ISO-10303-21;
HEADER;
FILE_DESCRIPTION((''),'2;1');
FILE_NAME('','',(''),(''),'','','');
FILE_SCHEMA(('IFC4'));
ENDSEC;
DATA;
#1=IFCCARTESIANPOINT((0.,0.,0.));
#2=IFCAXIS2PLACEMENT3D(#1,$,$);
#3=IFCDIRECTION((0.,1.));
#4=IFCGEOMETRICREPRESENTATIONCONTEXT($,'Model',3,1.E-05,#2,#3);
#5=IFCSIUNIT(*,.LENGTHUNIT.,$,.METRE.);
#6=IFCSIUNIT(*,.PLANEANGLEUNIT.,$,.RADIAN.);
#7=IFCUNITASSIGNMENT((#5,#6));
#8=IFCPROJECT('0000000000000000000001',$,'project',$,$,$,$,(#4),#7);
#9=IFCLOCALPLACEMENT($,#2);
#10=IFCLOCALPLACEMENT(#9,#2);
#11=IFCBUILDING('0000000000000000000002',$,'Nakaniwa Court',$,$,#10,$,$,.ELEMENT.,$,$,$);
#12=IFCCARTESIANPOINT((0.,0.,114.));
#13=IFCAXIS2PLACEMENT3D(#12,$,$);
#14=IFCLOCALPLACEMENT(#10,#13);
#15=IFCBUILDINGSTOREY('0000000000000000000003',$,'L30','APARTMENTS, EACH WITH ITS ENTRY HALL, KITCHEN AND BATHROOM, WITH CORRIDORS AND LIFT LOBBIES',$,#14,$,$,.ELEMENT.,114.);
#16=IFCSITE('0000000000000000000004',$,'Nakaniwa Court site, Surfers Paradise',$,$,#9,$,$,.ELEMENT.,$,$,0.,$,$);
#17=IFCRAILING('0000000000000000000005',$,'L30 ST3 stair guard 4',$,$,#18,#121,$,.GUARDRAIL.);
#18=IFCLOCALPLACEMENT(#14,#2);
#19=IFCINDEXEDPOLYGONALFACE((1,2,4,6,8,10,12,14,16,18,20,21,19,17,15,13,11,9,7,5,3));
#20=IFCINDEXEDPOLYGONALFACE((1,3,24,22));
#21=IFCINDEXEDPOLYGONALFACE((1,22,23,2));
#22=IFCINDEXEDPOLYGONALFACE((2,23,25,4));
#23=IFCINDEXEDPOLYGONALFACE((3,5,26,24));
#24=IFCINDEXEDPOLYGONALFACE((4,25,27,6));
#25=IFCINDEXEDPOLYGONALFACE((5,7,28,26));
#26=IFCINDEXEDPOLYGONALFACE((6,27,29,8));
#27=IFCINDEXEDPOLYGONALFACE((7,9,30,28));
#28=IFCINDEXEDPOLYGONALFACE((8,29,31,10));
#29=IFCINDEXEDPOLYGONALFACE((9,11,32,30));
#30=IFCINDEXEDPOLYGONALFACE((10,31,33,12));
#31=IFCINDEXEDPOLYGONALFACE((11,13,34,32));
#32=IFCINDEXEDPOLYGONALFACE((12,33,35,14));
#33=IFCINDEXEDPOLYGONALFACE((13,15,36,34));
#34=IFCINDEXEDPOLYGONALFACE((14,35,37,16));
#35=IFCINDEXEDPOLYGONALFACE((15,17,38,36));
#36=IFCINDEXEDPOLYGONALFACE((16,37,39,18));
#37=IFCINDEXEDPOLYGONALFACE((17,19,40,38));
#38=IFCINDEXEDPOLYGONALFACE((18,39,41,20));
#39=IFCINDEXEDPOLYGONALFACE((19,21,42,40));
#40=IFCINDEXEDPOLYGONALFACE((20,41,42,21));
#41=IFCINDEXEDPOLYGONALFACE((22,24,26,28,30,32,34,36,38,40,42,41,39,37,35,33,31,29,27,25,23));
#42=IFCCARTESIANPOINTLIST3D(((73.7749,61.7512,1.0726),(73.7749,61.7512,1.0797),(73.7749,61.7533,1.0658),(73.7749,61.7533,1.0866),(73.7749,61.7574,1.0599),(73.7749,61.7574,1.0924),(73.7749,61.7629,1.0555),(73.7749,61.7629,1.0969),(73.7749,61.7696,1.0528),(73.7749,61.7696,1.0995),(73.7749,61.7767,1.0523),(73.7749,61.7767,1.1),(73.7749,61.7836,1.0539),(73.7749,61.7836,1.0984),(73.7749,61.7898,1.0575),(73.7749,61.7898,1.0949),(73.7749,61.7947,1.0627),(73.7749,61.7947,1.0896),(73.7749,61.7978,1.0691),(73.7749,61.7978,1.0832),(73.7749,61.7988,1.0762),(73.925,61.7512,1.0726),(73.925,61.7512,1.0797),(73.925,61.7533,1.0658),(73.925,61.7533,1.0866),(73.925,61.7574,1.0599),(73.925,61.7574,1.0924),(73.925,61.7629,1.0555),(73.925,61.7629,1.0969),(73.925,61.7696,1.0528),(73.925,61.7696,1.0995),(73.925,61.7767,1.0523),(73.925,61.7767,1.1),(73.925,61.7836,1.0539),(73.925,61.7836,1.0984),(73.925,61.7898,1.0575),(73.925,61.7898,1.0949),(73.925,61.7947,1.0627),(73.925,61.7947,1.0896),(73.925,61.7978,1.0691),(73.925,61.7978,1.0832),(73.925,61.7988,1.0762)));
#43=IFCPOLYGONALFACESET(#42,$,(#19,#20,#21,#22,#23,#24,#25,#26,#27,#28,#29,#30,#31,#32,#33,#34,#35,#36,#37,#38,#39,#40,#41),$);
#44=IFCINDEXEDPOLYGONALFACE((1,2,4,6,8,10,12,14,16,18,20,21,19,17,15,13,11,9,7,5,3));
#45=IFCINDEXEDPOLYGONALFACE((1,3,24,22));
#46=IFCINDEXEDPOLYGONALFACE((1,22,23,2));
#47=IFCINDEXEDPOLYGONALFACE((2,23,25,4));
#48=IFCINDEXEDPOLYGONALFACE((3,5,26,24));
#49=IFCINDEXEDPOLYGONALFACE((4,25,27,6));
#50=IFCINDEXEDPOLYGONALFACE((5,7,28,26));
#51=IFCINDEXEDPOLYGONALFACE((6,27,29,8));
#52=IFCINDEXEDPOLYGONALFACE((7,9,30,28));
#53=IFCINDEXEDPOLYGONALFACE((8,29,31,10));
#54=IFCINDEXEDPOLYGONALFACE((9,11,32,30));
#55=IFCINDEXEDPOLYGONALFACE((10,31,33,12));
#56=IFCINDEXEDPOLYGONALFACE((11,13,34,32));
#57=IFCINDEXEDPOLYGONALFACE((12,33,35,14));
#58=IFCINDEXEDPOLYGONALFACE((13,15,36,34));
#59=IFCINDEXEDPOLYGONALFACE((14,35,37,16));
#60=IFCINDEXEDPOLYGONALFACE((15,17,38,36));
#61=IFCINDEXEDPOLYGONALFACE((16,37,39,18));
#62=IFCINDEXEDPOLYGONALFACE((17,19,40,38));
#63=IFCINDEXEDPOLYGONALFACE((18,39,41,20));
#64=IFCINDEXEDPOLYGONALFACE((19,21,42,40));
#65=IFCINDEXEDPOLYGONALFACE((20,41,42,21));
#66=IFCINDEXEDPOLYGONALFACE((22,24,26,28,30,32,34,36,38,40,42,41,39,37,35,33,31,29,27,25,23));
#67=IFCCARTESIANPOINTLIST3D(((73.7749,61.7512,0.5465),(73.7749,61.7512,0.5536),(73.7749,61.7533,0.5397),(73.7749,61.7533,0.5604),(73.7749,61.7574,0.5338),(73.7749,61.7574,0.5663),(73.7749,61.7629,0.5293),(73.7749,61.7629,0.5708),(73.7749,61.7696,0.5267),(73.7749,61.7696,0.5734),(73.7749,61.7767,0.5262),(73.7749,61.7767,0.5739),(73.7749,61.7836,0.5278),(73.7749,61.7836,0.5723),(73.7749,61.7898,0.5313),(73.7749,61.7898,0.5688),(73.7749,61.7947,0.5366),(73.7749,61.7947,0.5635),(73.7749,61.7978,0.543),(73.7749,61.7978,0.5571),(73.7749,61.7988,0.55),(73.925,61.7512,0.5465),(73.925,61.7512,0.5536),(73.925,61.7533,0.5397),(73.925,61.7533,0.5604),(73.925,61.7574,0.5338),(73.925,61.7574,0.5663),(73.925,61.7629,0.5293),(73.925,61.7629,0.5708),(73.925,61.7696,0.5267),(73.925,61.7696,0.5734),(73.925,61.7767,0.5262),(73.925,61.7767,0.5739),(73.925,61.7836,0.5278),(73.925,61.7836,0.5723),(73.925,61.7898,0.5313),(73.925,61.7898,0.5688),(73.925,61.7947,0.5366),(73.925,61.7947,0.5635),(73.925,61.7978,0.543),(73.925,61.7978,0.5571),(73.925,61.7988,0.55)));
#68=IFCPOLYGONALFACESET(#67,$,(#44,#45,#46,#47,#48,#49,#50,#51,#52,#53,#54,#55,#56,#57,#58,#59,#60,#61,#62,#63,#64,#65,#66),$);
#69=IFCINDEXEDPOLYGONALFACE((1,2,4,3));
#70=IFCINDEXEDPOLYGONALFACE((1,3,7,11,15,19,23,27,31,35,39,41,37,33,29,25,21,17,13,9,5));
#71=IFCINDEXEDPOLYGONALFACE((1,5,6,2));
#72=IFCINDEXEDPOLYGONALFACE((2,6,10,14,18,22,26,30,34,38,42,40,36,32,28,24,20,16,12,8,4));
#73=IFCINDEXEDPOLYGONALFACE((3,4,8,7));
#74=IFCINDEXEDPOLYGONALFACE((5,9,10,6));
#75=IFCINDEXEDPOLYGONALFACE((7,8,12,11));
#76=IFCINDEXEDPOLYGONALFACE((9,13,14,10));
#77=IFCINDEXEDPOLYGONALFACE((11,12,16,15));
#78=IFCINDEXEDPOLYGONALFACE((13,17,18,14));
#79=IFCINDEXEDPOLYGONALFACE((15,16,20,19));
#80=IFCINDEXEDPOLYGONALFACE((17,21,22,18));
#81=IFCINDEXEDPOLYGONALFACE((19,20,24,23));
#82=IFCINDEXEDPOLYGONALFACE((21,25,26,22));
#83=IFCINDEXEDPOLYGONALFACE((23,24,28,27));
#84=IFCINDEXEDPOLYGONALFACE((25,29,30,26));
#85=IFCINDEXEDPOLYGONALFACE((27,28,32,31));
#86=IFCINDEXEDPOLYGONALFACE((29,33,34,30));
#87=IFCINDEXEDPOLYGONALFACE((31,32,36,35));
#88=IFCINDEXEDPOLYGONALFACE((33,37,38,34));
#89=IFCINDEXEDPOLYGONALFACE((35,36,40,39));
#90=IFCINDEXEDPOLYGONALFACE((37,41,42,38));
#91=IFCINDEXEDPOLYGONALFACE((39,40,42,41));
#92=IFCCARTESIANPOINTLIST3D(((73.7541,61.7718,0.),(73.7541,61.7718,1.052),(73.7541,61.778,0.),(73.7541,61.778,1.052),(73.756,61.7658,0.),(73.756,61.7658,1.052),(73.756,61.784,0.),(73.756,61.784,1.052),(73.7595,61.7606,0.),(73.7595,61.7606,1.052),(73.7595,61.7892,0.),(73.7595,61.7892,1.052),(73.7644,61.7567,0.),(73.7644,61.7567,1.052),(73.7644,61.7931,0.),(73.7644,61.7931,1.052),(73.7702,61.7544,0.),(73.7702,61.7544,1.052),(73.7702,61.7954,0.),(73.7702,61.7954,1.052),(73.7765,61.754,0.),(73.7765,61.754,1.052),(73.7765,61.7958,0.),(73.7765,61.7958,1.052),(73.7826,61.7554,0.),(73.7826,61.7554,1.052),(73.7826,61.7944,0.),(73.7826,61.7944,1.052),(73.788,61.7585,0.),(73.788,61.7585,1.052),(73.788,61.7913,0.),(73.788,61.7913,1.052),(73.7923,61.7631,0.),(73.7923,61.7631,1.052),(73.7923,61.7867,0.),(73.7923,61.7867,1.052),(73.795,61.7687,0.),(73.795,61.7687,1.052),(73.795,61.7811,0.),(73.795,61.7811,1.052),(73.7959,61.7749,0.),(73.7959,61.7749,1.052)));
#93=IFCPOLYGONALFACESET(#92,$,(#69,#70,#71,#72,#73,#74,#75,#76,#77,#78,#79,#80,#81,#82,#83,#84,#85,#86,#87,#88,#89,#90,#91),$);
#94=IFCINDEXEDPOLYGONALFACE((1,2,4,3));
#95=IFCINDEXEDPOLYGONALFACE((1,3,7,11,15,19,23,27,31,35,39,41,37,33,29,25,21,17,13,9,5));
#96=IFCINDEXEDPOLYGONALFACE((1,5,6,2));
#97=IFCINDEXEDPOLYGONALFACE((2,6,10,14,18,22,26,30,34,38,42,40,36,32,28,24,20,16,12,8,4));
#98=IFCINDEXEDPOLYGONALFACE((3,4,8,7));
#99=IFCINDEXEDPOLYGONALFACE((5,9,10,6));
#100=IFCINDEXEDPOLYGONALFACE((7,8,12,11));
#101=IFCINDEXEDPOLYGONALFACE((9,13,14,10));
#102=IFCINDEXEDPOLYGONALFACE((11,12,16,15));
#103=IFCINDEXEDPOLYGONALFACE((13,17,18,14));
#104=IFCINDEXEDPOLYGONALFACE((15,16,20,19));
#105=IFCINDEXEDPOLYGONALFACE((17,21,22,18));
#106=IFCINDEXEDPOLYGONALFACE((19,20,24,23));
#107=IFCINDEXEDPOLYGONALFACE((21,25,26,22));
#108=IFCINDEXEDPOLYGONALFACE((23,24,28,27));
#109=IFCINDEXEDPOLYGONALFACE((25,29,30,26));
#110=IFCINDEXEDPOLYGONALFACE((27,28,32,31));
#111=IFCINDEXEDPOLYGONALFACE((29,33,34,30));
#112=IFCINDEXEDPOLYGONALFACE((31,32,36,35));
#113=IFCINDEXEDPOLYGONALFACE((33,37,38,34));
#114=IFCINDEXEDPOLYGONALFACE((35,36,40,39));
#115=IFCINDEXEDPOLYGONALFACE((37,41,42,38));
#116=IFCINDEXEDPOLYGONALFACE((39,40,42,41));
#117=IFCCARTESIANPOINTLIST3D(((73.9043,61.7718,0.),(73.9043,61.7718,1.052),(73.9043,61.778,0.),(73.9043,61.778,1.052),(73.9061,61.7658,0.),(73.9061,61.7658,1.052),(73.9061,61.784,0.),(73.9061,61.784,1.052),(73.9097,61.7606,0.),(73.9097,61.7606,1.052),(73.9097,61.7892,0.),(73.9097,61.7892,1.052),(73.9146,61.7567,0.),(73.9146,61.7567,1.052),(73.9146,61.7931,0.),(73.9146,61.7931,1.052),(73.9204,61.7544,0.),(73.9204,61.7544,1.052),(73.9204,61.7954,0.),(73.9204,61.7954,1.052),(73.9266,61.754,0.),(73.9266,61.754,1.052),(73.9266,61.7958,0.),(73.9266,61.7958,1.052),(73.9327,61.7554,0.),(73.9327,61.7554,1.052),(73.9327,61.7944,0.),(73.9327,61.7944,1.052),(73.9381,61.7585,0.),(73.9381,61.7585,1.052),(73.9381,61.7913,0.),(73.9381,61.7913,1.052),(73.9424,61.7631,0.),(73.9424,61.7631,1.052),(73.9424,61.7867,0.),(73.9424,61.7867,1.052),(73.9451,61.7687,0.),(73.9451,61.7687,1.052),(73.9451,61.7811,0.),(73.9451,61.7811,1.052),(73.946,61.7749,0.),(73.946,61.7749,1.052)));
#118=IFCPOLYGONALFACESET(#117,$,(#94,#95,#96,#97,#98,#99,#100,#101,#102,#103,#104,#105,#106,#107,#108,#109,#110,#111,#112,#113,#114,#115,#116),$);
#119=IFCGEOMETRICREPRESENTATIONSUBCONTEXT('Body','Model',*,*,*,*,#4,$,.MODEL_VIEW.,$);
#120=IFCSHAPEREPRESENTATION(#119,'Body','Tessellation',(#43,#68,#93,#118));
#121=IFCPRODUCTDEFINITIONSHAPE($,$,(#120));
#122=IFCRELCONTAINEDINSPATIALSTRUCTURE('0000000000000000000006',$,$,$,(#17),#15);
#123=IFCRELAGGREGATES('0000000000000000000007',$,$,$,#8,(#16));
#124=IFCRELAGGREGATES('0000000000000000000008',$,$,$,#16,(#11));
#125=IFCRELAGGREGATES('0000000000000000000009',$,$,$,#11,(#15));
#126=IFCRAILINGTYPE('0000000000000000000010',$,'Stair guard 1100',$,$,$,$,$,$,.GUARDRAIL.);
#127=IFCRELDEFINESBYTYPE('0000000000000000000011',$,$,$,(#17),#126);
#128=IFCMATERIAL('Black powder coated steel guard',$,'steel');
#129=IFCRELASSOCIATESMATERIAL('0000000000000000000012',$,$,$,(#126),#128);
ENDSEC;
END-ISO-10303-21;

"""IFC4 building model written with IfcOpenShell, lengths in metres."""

from ifc_helpers import new_model, si_unit, direction, frame, origin, origin_2d, place, context, subcontext, project, spatial, circle, extrude, material, type_object, element, save


model = new_model("IFC4")

# Units and contexts
model_context = context("Model", 3, precision=1e-05, world=origin(), true_north=direction((0.0, 1.0)))
body_context = subcontext(model_context, "Body", "Model", "MODEL_VIEW")
ifc_project = project(units=[si_unit("LENGTHUNIT", "METRE"), si_unit("PLANEANGLEUNIT", "RADIAN")], contexts=[model_context])

# Site, building, storey
site_placement = place(None, origin())
site = spatial("IfcSite", under=ifc_project, at=site_placement, Name="Nakaniwa Court site, Surfers Paradise", CompositionType="ELEMENT", RefElevation=0.0)
building_placement = place(site_placement, origin())
building = spatial("IfcBuilding", under=site, at=building_placement, Name="Nakaniwa Court", CompositionType="ELEMENT")
storey_placement = place(building_placement, frame((0.0, 0.0, 114.0)))
storey = spatial("IfcBuildingStorey", under=building, at=storey_placement, Name="L30", Description="APARTMENTS, EACH WITH ITS ENTRY HALL, KITCHEN AND BATHROOM, WITH CORRIDORS AND LIFT LOBBIES", CompositionType="ELEMENT", Elevation=114.0)

# Railing
ifc_material_1 = material(Name="Black powder coated steel guard", Category="steel")
railing_type_1 = type_object("IfcRailingType", Name="Stair guard 1100", PredefinedType="GUARDRAIL", material=ifc_material_1)
railing_1_placement = place(storey_placement, frame((73.7749, 61.7749, 0.0)))
element("IfcRailing", 1, at=railing_1_placement, inside=storey, type_object=railing_type_1, Name="L30 ST3 stair guard 4", PredefinedType="GUARDRAIL", context=body_context, shape_type="SweptSolid", body=[
    extrude(circle(Radius=0.0239, at=origin_2d()), frame((0.0, 0.0, 1.0762), z_axis=(1.0, 0.0, 0.0), x_axis=(0.0, 1.0, 0.0)), (0.0, 0.0, 1.0), 0.1501),
    extrude(circle(Radius=0.0239, at=origin_2d()), frame((0.0, 0.0, 0.55), z_axis=(1.0, 0.0, 0.0), x_axis=(0.0, 1.0, 0.0)), (0.0, 0.0, 1.0), 0.1501),
    extrude(circle(Radius=0.021, at=origin_2d()), origin(), (0.0, 0.0, 1.0), 1.052),
    extrude(circle(Radius=0.021, at=origin_2d()), frame((0.1501, 0.0, 0.0)), (0.0, 0.0, 1.0), 1.052),
])

save(model, "model.ifc")
